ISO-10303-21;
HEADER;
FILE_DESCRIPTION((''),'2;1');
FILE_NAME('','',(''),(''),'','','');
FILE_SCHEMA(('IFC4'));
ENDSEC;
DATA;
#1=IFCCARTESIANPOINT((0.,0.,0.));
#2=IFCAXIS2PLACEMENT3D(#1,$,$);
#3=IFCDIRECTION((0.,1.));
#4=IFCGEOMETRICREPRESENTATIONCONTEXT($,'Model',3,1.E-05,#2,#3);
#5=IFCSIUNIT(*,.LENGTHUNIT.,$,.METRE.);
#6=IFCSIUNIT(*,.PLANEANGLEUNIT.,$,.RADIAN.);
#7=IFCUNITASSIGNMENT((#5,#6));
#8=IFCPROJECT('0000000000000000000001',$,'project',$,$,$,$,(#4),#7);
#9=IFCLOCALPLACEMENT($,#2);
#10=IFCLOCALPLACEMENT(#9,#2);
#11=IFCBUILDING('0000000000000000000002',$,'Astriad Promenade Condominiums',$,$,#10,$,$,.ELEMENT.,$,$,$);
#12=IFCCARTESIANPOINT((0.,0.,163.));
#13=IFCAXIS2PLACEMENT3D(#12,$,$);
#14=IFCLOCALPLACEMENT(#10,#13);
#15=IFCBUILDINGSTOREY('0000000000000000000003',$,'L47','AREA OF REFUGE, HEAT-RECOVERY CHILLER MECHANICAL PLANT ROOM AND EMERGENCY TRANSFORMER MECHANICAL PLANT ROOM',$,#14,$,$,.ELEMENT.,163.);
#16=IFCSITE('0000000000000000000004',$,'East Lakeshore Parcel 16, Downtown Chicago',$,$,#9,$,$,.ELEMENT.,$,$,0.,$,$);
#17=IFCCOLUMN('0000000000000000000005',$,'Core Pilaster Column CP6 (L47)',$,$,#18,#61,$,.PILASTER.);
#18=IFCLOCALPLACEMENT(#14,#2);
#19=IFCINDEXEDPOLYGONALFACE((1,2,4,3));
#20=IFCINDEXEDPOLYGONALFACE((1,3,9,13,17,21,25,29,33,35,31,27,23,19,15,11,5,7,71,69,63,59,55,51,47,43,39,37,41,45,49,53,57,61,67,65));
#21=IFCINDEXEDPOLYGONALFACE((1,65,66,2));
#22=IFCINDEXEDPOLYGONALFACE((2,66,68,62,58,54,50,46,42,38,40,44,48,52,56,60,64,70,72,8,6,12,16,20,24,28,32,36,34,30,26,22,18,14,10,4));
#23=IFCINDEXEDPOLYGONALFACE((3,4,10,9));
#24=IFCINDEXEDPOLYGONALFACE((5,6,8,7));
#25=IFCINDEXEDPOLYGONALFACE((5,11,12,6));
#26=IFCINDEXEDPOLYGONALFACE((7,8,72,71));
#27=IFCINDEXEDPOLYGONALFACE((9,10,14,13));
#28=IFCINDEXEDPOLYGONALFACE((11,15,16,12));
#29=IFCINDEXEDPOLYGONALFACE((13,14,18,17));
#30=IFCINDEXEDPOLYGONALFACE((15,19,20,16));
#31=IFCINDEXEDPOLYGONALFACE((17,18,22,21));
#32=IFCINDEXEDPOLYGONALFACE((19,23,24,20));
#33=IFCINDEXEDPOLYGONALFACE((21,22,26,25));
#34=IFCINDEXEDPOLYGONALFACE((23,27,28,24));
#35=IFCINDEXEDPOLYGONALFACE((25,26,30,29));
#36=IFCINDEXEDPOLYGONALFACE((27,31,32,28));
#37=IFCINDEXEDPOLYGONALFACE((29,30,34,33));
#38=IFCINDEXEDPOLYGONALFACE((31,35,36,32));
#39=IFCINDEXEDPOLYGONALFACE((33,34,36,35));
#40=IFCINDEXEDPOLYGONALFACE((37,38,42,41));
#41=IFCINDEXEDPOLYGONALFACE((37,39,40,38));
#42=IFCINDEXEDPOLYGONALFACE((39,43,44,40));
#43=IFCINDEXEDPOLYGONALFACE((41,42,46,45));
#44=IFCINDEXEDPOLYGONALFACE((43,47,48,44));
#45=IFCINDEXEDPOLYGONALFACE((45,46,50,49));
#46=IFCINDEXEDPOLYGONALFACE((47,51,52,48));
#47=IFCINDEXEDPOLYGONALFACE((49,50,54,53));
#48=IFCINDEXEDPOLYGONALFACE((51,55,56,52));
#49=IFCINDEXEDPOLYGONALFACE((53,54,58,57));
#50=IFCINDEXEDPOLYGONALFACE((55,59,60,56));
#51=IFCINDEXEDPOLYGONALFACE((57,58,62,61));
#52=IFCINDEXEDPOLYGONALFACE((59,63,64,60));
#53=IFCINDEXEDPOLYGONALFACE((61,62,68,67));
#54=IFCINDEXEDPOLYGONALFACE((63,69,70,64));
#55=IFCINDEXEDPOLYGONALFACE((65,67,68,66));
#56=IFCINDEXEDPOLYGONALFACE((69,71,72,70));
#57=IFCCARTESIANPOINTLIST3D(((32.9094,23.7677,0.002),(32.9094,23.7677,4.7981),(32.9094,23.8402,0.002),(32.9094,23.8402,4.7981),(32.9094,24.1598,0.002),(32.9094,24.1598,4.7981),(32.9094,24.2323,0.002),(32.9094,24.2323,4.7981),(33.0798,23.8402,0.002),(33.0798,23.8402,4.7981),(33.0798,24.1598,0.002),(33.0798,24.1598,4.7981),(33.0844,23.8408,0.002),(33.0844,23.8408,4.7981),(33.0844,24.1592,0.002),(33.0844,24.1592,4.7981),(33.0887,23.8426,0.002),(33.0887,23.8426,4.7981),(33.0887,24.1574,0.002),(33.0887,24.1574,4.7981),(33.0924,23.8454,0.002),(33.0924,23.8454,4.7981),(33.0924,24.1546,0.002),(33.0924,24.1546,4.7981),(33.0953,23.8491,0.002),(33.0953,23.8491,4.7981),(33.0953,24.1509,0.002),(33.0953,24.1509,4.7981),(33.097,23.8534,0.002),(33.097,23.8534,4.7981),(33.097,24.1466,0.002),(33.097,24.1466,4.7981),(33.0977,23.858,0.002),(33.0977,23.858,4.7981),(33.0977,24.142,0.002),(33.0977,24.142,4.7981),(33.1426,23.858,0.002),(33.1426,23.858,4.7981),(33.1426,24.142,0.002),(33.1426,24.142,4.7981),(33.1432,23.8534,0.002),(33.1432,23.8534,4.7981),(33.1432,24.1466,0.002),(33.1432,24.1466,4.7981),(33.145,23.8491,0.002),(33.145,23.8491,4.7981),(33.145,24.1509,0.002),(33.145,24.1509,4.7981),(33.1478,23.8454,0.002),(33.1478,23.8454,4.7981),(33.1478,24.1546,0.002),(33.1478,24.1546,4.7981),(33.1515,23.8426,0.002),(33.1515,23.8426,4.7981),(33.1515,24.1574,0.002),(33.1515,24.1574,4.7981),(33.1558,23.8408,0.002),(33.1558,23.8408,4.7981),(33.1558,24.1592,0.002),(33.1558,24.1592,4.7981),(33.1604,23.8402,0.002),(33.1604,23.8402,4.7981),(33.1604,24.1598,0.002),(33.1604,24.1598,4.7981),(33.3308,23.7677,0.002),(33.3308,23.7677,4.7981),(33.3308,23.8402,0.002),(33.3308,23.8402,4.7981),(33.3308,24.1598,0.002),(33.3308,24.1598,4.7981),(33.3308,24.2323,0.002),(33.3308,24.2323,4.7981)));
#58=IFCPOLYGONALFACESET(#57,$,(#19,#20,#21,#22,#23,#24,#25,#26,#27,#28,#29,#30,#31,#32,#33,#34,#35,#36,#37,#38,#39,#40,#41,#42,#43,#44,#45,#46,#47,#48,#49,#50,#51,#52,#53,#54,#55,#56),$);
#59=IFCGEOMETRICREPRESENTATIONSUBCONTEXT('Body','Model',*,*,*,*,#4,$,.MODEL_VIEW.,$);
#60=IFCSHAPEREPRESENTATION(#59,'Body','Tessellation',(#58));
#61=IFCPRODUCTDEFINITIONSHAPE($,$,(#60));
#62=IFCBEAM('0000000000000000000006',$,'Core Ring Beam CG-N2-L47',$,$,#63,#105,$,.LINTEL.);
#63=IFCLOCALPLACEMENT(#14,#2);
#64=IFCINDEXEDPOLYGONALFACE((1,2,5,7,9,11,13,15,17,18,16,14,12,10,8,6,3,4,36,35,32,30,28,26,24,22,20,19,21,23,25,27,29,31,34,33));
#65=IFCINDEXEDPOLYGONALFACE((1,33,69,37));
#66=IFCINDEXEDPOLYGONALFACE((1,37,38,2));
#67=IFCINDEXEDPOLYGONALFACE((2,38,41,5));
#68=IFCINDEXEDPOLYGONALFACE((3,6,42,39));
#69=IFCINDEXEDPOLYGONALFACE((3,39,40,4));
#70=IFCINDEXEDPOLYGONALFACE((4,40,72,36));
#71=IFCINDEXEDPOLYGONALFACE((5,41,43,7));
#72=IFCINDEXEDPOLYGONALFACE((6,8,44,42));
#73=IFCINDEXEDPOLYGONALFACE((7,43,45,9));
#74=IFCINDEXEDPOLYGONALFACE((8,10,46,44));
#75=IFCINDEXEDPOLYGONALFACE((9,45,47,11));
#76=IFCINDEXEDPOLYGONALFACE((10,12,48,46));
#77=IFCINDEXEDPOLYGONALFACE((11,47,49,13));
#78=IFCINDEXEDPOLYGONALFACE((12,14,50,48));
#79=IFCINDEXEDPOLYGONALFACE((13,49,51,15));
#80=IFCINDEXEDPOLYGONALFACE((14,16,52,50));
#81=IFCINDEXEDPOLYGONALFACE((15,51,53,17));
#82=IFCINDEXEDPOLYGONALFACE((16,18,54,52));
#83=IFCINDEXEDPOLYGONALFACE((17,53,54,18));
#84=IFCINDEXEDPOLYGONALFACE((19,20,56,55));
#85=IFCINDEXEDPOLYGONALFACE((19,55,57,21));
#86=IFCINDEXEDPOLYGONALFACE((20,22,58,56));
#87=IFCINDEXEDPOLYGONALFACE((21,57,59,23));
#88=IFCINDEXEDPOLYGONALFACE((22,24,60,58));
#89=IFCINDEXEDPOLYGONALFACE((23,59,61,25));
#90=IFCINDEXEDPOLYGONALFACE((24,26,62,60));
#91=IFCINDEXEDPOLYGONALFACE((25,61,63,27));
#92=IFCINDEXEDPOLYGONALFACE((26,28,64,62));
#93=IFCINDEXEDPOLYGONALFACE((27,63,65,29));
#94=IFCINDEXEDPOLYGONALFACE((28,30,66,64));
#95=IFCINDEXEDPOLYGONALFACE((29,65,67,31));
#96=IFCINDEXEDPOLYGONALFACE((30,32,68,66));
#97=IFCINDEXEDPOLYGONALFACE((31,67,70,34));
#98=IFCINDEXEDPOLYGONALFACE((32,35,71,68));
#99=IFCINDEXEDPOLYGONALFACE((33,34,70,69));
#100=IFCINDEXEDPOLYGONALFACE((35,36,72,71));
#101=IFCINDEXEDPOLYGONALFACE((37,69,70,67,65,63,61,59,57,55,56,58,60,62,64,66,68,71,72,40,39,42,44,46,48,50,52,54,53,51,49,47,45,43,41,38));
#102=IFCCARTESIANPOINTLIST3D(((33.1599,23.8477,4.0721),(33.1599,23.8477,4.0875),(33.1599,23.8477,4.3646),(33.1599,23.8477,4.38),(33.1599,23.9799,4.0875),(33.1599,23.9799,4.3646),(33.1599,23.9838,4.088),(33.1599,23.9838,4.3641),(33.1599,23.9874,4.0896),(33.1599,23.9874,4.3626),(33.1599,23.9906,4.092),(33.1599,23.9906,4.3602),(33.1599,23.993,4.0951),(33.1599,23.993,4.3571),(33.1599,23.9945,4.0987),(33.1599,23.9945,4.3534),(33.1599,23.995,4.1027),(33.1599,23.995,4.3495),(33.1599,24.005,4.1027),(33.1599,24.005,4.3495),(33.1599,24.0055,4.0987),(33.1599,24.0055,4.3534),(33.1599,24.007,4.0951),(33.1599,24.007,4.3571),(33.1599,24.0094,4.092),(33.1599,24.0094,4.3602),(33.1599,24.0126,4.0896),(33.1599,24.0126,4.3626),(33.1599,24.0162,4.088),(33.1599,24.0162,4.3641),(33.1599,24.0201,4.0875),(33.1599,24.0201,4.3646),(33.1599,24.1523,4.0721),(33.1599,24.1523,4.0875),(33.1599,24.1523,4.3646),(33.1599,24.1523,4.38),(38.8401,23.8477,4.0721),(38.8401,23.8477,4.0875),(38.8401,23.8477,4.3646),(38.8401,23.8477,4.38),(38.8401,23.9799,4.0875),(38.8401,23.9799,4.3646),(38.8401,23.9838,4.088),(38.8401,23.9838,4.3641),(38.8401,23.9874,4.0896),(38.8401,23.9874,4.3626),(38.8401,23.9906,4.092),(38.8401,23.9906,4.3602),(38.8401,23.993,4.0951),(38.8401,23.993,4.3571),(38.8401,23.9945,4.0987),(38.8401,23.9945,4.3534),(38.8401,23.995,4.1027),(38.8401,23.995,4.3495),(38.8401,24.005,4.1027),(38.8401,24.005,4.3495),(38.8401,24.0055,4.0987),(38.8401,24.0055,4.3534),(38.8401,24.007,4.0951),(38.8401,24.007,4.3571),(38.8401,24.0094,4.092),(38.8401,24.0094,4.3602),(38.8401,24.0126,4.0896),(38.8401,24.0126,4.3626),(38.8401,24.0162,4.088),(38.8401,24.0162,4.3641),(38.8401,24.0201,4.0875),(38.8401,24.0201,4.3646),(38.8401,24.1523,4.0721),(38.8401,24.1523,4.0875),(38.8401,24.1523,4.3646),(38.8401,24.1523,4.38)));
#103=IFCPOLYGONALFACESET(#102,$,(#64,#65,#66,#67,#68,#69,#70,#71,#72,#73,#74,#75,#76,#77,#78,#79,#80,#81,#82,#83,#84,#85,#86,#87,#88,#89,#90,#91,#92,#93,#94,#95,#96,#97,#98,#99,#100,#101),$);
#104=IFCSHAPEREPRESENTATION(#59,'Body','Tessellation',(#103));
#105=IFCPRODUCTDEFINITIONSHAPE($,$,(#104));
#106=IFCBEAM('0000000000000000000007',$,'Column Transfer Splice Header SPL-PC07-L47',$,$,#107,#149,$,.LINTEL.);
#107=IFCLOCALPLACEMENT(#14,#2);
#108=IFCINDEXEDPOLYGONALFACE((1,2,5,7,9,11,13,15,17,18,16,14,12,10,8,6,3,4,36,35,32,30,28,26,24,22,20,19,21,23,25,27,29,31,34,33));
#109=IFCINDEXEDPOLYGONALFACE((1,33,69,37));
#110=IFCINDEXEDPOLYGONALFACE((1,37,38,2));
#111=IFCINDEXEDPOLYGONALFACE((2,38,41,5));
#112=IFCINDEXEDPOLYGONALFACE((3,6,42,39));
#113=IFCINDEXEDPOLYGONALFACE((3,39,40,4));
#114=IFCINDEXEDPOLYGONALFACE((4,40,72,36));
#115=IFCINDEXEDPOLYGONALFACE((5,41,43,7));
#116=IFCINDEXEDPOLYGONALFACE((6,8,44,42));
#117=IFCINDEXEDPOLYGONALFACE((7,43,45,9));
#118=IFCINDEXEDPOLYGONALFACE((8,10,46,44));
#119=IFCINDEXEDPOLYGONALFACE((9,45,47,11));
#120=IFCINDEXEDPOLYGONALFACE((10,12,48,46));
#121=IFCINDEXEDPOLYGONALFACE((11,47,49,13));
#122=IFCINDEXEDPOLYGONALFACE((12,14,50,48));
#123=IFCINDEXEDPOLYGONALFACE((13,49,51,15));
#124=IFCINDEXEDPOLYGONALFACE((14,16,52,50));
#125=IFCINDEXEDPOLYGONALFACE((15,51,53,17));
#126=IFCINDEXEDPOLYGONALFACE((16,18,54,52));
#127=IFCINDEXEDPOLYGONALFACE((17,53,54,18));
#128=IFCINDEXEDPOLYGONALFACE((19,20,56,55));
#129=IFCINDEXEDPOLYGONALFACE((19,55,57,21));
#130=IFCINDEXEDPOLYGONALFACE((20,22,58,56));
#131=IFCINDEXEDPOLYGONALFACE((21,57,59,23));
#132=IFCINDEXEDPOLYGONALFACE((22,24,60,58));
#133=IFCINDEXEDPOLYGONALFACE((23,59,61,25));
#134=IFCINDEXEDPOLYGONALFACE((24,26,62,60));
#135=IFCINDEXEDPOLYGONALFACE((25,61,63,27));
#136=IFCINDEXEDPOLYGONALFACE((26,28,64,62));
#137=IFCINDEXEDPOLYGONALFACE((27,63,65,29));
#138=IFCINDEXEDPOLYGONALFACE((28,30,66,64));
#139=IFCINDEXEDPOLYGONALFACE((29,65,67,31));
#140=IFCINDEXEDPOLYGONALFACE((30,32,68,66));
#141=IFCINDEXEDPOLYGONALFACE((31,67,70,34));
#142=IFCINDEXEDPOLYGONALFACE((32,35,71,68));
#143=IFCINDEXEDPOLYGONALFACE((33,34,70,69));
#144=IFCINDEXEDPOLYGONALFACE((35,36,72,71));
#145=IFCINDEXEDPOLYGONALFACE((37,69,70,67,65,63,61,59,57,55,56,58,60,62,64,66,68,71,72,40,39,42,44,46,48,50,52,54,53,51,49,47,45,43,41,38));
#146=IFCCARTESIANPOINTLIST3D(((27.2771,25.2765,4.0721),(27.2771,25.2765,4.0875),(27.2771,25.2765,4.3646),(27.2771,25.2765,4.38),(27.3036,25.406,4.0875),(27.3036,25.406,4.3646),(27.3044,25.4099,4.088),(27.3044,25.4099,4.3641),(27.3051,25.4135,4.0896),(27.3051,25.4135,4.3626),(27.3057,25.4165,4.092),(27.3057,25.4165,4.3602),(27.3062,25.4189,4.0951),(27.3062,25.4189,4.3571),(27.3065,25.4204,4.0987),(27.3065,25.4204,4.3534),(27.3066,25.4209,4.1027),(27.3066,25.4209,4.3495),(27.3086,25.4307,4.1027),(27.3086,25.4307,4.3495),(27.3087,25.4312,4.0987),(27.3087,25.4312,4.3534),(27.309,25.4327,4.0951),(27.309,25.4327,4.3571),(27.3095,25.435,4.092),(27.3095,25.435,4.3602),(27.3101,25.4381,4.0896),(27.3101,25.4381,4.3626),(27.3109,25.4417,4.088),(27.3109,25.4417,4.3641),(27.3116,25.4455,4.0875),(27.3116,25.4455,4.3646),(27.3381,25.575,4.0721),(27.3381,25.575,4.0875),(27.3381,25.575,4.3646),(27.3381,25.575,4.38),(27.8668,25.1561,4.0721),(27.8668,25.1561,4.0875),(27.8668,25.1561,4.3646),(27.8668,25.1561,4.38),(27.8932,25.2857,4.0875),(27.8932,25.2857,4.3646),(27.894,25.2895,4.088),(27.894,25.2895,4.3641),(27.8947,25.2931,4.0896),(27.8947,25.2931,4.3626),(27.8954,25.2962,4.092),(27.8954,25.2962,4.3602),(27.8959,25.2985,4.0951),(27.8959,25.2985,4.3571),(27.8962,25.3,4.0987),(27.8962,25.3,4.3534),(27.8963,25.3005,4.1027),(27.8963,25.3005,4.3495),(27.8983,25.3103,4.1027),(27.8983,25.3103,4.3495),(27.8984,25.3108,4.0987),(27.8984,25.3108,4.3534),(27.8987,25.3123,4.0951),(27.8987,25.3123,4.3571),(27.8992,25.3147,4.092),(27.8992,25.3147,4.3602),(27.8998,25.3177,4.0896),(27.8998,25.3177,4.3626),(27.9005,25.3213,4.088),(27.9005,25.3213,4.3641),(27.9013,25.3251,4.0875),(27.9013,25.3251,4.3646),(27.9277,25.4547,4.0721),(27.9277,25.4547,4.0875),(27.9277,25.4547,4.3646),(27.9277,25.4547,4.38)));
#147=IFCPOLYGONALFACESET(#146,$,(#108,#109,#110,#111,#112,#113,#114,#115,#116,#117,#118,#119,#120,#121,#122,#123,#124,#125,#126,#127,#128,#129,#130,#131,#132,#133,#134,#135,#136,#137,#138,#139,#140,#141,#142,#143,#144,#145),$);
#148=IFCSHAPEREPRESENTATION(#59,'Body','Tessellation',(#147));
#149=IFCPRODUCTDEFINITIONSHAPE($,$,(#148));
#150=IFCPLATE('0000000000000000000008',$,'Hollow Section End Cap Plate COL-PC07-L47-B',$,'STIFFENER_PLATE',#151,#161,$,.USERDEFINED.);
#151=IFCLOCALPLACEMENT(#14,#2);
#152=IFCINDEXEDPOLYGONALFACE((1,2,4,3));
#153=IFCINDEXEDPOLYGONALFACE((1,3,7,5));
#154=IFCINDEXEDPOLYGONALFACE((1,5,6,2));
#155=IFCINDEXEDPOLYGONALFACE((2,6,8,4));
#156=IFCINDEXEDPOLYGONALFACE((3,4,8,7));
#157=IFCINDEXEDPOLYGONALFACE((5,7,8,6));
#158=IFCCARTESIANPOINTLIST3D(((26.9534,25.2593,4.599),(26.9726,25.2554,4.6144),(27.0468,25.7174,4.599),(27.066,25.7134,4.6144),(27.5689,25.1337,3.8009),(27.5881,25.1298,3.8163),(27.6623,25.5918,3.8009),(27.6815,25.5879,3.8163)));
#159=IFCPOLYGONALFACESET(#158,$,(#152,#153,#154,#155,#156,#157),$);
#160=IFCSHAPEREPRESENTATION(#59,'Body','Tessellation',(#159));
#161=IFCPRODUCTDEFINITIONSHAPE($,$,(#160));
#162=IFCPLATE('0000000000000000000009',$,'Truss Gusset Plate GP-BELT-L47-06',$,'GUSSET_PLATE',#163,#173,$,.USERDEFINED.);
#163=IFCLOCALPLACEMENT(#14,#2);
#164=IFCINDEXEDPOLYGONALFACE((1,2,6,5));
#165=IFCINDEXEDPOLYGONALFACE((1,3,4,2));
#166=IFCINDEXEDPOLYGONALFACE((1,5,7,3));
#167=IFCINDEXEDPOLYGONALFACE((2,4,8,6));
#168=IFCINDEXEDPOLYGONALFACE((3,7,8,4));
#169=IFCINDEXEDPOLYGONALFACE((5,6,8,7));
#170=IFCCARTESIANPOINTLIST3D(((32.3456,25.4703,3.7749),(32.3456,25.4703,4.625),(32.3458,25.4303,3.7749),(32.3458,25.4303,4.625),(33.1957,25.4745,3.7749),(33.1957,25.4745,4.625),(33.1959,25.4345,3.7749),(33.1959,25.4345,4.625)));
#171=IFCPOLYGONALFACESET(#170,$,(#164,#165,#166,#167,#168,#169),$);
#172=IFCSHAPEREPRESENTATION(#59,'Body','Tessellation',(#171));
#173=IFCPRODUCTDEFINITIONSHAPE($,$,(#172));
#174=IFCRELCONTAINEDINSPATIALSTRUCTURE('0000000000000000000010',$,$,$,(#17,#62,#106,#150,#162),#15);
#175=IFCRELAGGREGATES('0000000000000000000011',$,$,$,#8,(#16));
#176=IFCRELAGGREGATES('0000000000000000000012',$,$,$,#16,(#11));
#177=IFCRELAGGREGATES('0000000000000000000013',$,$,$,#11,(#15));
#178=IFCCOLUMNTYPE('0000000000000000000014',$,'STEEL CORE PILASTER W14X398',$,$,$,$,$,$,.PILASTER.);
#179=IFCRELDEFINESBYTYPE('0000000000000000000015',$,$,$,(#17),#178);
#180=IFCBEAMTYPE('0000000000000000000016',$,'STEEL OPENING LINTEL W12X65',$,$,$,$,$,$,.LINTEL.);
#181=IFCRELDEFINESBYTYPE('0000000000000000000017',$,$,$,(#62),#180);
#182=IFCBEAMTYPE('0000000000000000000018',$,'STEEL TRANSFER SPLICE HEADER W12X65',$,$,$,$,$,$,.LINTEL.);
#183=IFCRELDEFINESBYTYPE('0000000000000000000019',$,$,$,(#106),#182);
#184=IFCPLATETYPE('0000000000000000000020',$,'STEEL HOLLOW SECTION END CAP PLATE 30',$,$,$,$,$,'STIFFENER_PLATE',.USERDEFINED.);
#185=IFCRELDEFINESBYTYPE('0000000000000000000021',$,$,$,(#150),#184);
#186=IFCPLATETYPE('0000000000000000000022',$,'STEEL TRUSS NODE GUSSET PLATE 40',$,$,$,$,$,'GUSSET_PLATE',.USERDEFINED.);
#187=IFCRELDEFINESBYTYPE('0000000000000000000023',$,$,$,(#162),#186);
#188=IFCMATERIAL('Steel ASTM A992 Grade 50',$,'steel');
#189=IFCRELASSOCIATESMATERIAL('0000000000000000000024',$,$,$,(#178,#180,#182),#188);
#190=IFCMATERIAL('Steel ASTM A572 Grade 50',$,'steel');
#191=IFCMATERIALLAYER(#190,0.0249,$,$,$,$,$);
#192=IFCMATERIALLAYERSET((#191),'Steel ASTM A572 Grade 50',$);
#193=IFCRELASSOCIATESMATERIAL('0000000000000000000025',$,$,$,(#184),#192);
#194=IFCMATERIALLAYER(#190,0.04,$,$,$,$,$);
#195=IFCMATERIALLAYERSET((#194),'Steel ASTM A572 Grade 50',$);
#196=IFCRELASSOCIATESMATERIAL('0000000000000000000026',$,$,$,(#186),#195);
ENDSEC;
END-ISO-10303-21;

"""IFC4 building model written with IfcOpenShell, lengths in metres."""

from ifc_helpers import new_model, si_unit, direction, frame, origin, origin_2d, place, context, subcontext, project, spatial, rectangle, i_section, extrude, source, transform, mapped, material, layer, layer_set, material_profile, profile_set, type_object, type_shapes, element, save


model = new_model("IFC4")

# Units and contexts
model_context = context("Model", 3, precision=1e-05, world=origin(), true_north=direction((0.0, 1.0)))
body_context = subcontext(model_context, "Body", "Model", "MODEL_VIEW")
ifc_project = project(units=[si_unit("LENGTHUNIT", "METRE"), si_unit("PLANEANGLEUNIT", "RADIAN")], contexts=[model_context])

# Site, building, storey
site_placement = place(None, origin())
site = spatial("IfcSite", under=ifc_project, at=site_placement, Name="East Lakeshore Parcel 16, Downtown Chicago", CompositionType="ELEMENT", RefElevation=0.0)
building_placement = place(site_placement, origin())
building = spatial("IfcBuilding", under=site, at=building_placement, Name="Astriad Promenade Condominiums", CompositionType="ELEMENT")
storey_placement = place(building_placement, frame((0.0, 0.0, 163.0)))
storey = spatial("IfcBuildingStorey", under=building, at=storey_placement, Name="L47", Description="AREA OF REFUGE, HEAT-RECOVERY CHILLER MECHANICAL PLANT ROOM AND EMERGENCY TRANSFORMER MECHANICAL PLANT ROOM", CompositionType="ELEMENT", Elevation=163.0)

# Column
ifc_material_1 = material(Name="Steel ASTM A992 Grade 50", Category="steel")
ifc_material_profile_1 = material_profile(ifc_material_1, i_section(OverallWidth=0.4214, OverallDepth=0.4646, WebThickness=0.0449, FlangeThickness=0.0725, FilletRadius=0.0178, at=origin_2d()), Name="W14X398")
ifc_profile_set_1 = profile_set([ifc_material_profile_1], Name="Steel ASTM A992 Grade 50")
column_type = type_object("IfcColumnType", Name="STEEL CORE PILASTER W14X398", PredefinedType="PILASTER", material=ifc_profile_set_1)
shared_shape_1 = source(origin(), body_context, "Body", "SweptSolid", [
    extrude(i_section(OverallWidth=0.4214, OverallDepth=0.4646, WebThickness=0.0449, FlangeThickness=0.0725, FilletRadius=0.0178, at=origin_2d()), origin(), (0.0, 0.0, 1.0), 4.7961),
])
type_shapes(column_type, [shared_shape_1])
column_placement = place(storey_placement, frame((33.1201, 24.0, 0.002), z_axis=(0.0, 0.0, 1.0), x_axis=(1.0, 0.0, 0.0)))
element("IfcColumn", 1, at=column_placement, inside=storey, type_object=column_type, Name="Core Pilaster Column CP6 (L47)", PredefinedType="PILASTER", context=body_context, shape_type="MappedRepresentation", body=[
    mapped(shared_shape_1, transform((0.0, 0.0, 0.0), scale=1.0)),
])

# Beams
ifc_material_profile_2 = material_profile(ifc_material_1, i_section(OverallWidth=0.3047, OverallDepth=0.3079, WebThickness=0.01, FlangeThickness=0.0154, FilletRadius=0.0151, at=origin_2d()), Name="W12X65")
ifc_profile_set_2 = profile_set([ifc_material_profile_2], Name="Steel ASTM A992 Grade 50")
beam_type_1 = type_object("IfcBeamType", Name="STEEL OPENING LINTEL W12X65", PredefinedType="LINTEL", material=ifc_profile_set_2)
shared_shape_2 = source(origin(), body_context, "Body", "SweptSolid", [
    extrude(i_section(OverallWidth=0.3047, OverallDepth=0.3079, WebThickness=0.01, FlangeThickness=0.0154, FilletRadius=0.0151, at=origin_2d()), origin(), (0.0, 0.0, 1.0), 5.6802),
])
type_shapes(beam_type_1, [shared_shape_2])
beam_1_placement = place(storey_placement, frame((33.1599, 24.0, 4.2261), z_axis=(1.0, 0.0, 0.0), x_axis=(0.0, 1.0, 0.0)))
element("IfcBeam", 2, at=beam_1_placement, inside=storey, type_object=beam_type_1, Name="Core Ring Beam CG-N2-L47", PredefinedType="LINTEL", context=body_context, shape_type="MappedRepresentation", body=[
    mapped(shared_shape_2, transform((0.0, 0.0, 0.0), scale=1.0)),
])
ifc_material_profile_3 = material_profile(ifc_material_1, i_section(OverallWidth=0.3047, OverallDepth=0.3079, WebThickness=0.01, FlangeThickness=0.0154, FilletRadius=0.0151, at=origin_2d()), Name="W12X65")
ifc_profile_set_3 = profile_set([ifc_material_profile_3], Name="Steel ASTM A992 Grade 50")
beam_type_2 = type_object("IfcBeamType", Name="STEEL TRANSFER SPLICE HEADER W12X65", PredefinedType="LINTEL", material=ifc_profile_set_3)
shared_shape_3 = source(origin(), body_context, "Body", "SweptSolid", [
    extrude(i_section(OverallWidth=0.3047, OverallDepth=0.3079, WebThickness=0.01, FlangeThickness=0.0154, FilletRadius=0.0151, at=origin_2d()), origin(), (0.0, 0.0, 1.0), 0.6018),
])
type_shapes(beam_type_2, [shared_shape_3])
beam_2_placement = place(storey_placement, frame((27.3076, 25.4258, 4.2261), z_axis=(0.979793, -0.200016, 0.0), x_axis=(0.200016, 0.979793, 0.0)))
element("IfcBeam", 3, at=beam_2_placement, inside=storey, type_object=beam_type_2, Name="Column Transfer Splice Header SPL-PC07-L47", PredefinedType="LINTEL", context=body_context, shape_type="MappedRepresentation", body=[
    mapped(shared_shape_3, transform((0.0, 0.0, 0.0), scale=1.0)),
])

# Plates
ifc_material_2 = material(Name="Steel ASTM A572 Grade 50", Category="steel")
ifc_layer_1 = layer(ifc_material_2, 0.0249)
ifc_layer_set_1 = layer_set([ifc_layer_1], Name="Steel ASTM A572 Grade 50")
plate_type_1 = type_object("IfcPlateType", Name="STEEL HOLLOW SECTION END CAP PLATE 30", ElementType="STIFFENER_PLATE", PredefinedType="USERDEFINED", material=ifc_layer_set_1)
shared_shape_4 = source(origin(), body_context, "Body", "SweptSolid", [
    extrude(rectangle(XDim=0.4675, YDim=1.0156, at=origin_2d()), origin(), (0.0, 0.0, 1.0), 0.0249),
])
plate_1_placement = place(storey_placement, frame((27.3079, 25.4255, 4.2), z_axis=(0.769908, -0.15704, 0.61853), x_axis=(0.199858, 0.979825, 0.0)))
element("IfcPlate", 4, at=plate_1_placement, inside=storey, type_object=plate_type_1, Name="Hollow Section End Cap Plate COL-PC07-L47-B", ObjectType="STIFFENER_PLATE", PredefinedType="USERDEFINED", context=body_context, shape_type="MappedRepresentation", body=[
    mapped(shared_shape_4, transform((0.0, 0.0, 0.0), scale=1.0)),
])
ifc_layer_2 = layer(ifc_material_2, 0.04)
ifc_layer_set_2 = layer_set([ifc_layer_2], Name="Steel ASTM A572 Grade 50")
plate_type_2 = type_object("IfcPlateType", Name="STEEL TRUSS NODE GUSSET PLATE 40", ElementType="GUSSET_PLATE", PredefinedType="USERDEFINED", material=ifc_layer_set_2)
shared_shape_5 = source(origin(), body_context, "Body", "SweptSolid", [
    extrude(rectangle(XDim=0.8501, YDim=0.04, at=origin_2d()), origin(), (0.0, 0.0, 1.0), 0.8501),
])
type_shapes(plate_type_2, [shared_shape_5])
plate_2_placement = place(storey_placement, frame((32.7708, 25.4524, 3.7749), z_axis=(0.0, 0.0, 1.0), x_axis=(0.999988, 0.004887, 0.0)))
element("IfcPlate", 5, at=plate_2_placement, inside=storey, type_object=plate_type_2, Name="Truss Gusset Plate GP-BELT-L47-06", ObjectType="GUSSET_PLATE", PredefinedType="USERDEFINED", context=body_context, shape_type="MappedRepresentation", body=[
    mapped(shared_shape_5, transform((0.0, 0.0, 0.0), scale=1.0)),
])

save(model, "model.ifc")
